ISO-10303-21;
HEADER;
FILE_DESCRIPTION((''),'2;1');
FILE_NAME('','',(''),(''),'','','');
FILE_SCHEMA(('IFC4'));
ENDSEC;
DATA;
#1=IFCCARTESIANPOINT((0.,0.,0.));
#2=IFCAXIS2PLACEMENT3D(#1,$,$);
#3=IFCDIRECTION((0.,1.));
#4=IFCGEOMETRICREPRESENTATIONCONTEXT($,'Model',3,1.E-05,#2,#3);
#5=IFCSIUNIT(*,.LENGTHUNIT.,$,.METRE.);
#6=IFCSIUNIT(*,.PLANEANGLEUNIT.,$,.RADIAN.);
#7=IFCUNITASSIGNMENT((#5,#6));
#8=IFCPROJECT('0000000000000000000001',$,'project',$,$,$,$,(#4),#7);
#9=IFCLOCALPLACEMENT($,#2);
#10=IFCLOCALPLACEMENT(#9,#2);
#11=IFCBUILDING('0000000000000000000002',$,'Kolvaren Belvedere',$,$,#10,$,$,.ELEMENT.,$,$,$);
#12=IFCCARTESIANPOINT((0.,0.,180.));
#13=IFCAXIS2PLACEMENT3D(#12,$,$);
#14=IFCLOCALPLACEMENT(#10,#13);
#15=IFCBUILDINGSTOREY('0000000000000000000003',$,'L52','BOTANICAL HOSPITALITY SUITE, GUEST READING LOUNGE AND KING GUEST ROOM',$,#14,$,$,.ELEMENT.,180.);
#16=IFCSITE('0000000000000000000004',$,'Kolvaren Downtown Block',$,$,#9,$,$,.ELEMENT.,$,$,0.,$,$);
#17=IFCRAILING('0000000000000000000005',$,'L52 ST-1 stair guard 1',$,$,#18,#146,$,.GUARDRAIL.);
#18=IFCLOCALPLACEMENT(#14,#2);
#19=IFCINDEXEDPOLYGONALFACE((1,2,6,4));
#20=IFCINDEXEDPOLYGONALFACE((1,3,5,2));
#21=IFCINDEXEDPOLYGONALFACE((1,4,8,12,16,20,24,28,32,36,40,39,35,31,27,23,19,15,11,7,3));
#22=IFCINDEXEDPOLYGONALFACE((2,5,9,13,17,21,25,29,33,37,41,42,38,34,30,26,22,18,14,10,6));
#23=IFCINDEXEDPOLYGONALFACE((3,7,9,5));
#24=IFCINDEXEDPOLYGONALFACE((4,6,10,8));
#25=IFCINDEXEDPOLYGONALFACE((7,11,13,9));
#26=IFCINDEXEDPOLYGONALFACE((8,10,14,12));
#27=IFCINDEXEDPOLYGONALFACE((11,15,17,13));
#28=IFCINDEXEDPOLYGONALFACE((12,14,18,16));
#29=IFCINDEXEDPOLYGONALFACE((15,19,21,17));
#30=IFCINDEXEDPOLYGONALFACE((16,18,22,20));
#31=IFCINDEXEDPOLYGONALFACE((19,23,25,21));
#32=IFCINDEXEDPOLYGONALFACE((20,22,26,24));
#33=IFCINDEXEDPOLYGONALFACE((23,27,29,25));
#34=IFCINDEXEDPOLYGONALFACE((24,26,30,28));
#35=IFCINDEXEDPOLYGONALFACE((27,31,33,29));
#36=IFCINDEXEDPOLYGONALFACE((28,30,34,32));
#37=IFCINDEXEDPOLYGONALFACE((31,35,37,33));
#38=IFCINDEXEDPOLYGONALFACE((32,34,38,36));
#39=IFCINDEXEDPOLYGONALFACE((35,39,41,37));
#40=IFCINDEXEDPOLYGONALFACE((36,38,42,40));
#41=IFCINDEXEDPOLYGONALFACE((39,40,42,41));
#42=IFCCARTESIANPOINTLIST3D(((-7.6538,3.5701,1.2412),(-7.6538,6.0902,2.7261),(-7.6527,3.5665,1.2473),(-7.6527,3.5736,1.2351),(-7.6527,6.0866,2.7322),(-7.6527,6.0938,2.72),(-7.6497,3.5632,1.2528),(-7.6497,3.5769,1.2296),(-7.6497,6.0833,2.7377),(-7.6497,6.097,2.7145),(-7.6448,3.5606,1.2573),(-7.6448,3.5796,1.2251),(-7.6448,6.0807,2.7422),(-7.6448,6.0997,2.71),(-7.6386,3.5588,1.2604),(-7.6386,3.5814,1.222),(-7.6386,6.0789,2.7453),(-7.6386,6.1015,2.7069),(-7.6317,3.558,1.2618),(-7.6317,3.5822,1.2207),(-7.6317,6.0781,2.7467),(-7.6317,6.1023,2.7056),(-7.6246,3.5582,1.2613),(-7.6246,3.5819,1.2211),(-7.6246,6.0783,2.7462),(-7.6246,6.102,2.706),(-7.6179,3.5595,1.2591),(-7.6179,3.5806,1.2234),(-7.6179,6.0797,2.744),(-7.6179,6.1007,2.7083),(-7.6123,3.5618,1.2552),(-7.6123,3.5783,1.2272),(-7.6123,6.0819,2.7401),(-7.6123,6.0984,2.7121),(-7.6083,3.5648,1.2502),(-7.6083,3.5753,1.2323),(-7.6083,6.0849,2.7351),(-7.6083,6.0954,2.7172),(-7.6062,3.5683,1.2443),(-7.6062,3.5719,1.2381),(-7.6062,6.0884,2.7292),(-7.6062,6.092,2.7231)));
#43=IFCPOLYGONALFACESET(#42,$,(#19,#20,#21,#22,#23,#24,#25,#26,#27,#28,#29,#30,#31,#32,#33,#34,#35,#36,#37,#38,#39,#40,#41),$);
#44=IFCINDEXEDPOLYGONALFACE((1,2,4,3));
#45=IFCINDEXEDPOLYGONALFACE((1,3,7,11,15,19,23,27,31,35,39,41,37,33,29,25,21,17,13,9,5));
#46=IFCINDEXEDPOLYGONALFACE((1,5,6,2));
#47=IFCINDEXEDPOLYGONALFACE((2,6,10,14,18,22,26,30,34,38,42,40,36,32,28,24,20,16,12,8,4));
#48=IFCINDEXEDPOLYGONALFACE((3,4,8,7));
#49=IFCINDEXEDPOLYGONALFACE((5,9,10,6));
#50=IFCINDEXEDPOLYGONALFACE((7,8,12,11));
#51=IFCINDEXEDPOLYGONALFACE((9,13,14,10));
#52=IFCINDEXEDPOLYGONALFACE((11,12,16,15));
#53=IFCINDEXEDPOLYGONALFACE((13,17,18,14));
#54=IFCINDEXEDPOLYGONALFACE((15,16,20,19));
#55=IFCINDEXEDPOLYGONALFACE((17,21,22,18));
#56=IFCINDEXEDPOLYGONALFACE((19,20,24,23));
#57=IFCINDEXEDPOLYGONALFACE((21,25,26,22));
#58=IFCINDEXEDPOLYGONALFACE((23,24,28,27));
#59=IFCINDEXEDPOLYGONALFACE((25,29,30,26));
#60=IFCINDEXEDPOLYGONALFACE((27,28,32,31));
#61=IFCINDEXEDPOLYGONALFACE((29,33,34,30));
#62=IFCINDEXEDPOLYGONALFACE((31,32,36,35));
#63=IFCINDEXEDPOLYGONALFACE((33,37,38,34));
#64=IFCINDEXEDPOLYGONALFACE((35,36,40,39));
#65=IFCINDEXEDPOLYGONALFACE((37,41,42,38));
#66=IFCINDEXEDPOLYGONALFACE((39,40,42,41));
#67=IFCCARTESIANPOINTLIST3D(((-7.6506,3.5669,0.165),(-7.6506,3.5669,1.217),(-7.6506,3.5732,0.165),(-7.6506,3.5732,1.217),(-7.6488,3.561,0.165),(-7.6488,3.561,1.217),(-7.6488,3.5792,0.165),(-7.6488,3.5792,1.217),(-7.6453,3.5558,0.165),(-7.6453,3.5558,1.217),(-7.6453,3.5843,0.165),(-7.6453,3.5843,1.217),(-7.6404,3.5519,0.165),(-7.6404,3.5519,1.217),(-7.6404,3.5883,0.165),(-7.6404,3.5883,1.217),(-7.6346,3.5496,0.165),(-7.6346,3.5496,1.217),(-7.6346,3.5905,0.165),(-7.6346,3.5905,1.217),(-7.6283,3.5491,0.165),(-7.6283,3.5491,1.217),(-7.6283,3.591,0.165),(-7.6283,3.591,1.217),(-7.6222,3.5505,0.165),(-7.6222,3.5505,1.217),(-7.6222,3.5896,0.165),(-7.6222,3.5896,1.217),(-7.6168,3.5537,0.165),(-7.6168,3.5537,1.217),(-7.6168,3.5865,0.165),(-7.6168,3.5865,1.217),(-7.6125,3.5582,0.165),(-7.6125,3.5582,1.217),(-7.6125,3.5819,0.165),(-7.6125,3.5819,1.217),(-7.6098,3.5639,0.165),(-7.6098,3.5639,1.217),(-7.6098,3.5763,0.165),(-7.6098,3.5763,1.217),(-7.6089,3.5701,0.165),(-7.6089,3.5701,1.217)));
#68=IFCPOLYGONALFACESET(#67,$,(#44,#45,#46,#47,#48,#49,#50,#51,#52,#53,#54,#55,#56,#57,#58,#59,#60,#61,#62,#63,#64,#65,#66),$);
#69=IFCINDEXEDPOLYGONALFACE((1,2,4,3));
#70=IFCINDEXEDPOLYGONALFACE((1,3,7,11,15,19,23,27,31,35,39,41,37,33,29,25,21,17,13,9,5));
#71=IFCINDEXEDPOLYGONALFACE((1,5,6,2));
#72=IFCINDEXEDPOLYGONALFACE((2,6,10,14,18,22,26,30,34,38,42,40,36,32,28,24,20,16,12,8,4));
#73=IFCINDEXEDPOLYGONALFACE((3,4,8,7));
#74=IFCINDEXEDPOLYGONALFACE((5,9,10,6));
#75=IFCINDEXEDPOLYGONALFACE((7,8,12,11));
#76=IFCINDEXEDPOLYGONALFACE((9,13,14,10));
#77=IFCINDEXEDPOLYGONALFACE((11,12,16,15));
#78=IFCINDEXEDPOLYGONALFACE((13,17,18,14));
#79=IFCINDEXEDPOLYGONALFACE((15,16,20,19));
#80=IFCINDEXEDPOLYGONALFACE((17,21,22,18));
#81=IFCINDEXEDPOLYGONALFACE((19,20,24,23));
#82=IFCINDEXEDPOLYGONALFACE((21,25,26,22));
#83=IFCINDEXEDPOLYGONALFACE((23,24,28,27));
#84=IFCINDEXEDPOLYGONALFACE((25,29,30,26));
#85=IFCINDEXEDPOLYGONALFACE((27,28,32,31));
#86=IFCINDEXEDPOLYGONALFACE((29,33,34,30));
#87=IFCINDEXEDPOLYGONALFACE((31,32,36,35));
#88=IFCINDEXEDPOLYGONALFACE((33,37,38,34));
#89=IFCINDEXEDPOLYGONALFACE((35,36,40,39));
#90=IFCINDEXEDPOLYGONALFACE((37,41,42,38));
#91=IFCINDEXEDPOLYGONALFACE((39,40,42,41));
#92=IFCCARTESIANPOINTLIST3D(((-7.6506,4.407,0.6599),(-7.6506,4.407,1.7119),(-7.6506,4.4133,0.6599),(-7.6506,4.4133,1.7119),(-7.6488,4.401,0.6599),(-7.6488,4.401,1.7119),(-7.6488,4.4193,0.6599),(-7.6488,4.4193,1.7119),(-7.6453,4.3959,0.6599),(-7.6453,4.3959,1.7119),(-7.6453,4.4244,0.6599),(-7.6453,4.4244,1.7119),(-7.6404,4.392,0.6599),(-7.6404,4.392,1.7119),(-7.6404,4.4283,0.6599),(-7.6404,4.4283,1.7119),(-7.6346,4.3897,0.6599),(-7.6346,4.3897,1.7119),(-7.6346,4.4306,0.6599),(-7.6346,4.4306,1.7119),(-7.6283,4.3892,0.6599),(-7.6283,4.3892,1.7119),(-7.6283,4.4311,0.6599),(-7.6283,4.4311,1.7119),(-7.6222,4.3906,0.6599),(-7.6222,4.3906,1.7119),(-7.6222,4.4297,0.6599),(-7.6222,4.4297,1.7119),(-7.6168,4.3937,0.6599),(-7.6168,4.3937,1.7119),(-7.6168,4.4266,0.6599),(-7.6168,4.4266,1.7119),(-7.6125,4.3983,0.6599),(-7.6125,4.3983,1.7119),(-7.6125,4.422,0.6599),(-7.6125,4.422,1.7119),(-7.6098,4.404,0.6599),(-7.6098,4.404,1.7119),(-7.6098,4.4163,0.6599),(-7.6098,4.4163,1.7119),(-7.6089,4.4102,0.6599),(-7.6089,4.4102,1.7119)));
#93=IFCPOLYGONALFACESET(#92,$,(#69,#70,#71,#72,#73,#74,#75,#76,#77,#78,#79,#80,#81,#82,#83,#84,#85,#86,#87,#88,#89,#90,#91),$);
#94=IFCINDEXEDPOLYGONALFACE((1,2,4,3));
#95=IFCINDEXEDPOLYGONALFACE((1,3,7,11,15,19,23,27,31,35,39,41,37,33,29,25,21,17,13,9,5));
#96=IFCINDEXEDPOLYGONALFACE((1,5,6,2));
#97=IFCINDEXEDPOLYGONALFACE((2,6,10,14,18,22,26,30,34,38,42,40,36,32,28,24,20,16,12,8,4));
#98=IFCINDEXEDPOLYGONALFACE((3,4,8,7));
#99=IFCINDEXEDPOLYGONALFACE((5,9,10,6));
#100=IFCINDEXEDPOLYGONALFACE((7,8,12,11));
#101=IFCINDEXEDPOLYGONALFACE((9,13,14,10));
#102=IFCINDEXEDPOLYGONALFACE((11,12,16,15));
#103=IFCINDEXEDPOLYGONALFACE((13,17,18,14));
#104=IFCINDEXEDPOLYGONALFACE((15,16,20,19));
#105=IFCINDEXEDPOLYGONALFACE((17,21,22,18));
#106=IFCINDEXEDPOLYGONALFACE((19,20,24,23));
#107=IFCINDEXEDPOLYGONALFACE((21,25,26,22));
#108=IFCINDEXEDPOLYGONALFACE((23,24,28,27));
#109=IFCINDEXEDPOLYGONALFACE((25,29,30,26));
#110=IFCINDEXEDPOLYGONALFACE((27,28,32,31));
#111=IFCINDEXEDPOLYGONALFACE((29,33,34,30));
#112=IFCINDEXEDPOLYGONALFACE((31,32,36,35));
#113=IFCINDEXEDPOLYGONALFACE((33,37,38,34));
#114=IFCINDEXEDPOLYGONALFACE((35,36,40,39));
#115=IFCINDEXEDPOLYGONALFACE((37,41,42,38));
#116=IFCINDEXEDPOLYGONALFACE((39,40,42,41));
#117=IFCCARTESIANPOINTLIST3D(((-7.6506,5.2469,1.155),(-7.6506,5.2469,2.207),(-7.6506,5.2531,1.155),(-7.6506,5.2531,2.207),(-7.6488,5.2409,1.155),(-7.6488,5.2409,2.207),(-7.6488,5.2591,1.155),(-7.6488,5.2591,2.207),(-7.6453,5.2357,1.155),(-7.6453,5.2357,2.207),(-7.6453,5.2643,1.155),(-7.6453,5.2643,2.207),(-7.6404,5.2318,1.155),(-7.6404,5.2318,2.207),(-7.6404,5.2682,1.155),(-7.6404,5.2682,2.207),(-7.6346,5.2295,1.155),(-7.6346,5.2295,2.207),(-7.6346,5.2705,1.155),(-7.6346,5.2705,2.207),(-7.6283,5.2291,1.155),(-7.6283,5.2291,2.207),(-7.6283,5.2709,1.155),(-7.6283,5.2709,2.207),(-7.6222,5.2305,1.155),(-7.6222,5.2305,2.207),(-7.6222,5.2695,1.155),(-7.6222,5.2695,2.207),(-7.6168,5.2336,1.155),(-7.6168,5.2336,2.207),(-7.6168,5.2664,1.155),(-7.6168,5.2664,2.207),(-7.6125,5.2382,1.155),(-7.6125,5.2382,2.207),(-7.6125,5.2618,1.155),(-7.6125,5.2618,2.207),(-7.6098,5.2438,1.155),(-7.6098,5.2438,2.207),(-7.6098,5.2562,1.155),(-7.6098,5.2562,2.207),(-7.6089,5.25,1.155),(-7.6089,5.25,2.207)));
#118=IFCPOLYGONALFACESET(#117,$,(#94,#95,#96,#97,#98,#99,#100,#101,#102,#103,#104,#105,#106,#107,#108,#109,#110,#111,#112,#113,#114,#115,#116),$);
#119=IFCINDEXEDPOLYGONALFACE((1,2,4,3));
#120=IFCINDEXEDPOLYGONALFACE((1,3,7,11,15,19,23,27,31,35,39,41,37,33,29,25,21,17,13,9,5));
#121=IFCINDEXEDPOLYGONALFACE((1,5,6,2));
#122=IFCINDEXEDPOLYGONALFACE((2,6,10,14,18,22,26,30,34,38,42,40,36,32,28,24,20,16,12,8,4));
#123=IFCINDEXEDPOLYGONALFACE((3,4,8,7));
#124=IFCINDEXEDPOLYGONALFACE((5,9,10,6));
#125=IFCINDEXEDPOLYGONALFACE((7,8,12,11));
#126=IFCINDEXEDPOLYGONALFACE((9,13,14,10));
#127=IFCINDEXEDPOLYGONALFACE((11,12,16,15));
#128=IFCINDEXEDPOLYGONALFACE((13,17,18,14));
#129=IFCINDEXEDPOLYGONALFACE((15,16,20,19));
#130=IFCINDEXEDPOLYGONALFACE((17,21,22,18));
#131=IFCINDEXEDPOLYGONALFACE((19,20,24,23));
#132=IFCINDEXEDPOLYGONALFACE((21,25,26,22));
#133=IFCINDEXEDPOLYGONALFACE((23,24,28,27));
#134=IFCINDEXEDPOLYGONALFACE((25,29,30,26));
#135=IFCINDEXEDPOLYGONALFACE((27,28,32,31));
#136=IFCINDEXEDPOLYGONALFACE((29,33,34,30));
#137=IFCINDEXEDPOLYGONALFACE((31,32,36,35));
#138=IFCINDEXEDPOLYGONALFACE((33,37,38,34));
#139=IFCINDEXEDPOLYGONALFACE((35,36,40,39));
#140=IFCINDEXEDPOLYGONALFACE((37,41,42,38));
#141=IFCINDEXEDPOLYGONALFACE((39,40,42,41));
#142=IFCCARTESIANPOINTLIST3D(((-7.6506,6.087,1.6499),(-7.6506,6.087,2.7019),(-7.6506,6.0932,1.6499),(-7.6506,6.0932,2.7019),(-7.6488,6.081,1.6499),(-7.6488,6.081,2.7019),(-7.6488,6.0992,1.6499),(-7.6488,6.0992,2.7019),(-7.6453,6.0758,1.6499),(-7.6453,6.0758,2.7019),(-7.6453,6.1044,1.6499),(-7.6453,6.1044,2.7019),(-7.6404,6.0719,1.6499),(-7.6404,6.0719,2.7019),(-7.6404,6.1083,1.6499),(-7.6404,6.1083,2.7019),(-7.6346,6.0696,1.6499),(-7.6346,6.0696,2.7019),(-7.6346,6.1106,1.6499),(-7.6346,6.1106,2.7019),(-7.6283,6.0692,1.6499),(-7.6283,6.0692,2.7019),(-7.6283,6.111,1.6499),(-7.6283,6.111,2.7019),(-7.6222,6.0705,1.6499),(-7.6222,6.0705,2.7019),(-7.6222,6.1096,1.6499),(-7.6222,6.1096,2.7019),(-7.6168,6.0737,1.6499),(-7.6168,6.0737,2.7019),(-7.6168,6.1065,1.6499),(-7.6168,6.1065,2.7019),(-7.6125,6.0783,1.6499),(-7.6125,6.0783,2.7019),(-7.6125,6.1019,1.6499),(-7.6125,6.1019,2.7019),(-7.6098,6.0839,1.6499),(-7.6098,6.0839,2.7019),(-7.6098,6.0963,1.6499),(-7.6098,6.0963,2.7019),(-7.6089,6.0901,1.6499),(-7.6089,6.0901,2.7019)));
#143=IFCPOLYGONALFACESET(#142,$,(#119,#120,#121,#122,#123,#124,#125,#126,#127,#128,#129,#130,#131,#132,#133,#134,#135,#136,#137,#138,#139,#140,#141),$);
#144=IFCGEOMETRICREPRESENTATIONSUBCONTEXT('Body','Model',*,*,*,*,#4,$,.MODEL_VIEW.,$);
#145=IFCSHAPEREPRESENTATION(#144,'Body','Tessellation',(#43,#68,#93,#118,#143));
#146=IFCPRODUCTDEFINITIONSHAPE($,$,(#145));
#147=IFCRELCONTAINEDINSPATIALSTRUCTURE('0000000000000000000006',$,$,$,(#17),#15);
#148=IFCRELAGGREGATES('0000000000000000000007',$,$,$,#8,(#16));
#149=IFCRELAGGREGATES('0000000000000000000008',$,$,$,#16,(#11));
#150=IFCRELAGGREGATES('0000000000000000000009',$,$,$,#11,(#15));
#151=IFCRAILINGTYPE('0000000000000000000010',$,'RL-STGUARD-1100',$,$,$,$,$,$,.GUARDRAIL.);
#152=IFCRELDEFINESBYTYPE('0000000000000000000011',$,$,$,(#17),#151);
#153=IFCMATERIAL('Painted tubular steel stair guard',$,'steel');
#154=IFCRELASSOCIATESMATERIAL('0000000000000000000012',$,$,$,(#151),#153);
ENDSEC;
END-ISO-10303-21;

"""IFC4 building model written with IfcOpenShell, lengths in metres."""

from ifc_helpers import new_model, si_unit, direction, frame, origin, origin_2d, place, context, subcontext, project, spatial, circle, extrude, material, type_object, element, save


model = new_model("IFC4")

# Units and contexts
model_context = context("Model", 3, precision=1e-05, world=origin(), true_north=direction((0.0, 1.0)))
body_context = subcontext(model_context, "Body", "Model", "MODEL_VIEW")
ifc_project = project(units=[si_unit("LENGTHUNIT", "METRE"), si_unit("PLANEANGLEUNIT", "RADIAN")], contexts=[model_context])

# Site, building, storey
site_placement = place(None, origin())
site = spatial("IfcSite", under=ifc_project, at=site_placement, Name="Kolvaren Downtown Block", CompositionType="ELEMENT", RefElevation=0.0)
building_placement = place(site_placement, origin())
building = spatial("IfcBuilding", under=site, at=building_placement, Name="Kolvaren Belvedere", CompositionType="ELEMENT")
storey_placement = place(building_placement, frame((0.0, 0.0, 180.0)))
storey = spatial("IfcBuildingStorey", under=building, at=storey_placement, Name="L52", Description="BOTANICAL HOSPITALITY SUITE, GUEST READING LOUNGE AND KING GUEST ROOM", CompositionType="ELEMENT", Elevation=180.0)

# Railing
ifc_material_1 = material(Name="Painted tubular steel stair guard", Category="steel")
railing_type_1 = type_object("IfcRailingType", Name="RL-STGUARD-1100", PredefinedType="GUARDRAIL", material=ifc_material_1)
railing_1_placement = place(storey_placement, frame((-7.6299, 3.5701, 0.165)))
element("IfcRailing", 1, at=railing_1_placement, inside=storey, type_object=railing_type_1, Name="L52 ST-1 stair guard 1", PredefinedType="GUARDRAIL", context=body_context, shape_type="SweptSolid", body=[
    extrude(circle(Radius=0.0239, at=origin_2d()), frame((0.0, 0.0, 1.0762), z_axis=(0.0, 0.861561, 0.507655), x_axis=(-1.0, 0.0, 0.0)), (0.0, 0.0, 1.0), 2.925),
    extrude(circle(Radius=0.021, at=origin_2d()), origin(), (0.0, 0.0, 1.0), 1.052),
    extrude(circle(Radius=0.021, at=origin_2d()), frame((0.0, 0.8401, 0.4949)), (0.0, 0.0, 1.0), 1.052),
    extrude(circle(Radius=0.021, at=origin_2d()), frame((0.0, 1.6799, 0.99)), (0.0, 0.0, 1.0), 1.052),
    extrude(circle(Radius=0.021, at=origin_2d()), frame((0.0, 2.52, 1.4849)), (0.0, 0.0, 1.0), 1.052),
])

save(model, "model.ifc")
